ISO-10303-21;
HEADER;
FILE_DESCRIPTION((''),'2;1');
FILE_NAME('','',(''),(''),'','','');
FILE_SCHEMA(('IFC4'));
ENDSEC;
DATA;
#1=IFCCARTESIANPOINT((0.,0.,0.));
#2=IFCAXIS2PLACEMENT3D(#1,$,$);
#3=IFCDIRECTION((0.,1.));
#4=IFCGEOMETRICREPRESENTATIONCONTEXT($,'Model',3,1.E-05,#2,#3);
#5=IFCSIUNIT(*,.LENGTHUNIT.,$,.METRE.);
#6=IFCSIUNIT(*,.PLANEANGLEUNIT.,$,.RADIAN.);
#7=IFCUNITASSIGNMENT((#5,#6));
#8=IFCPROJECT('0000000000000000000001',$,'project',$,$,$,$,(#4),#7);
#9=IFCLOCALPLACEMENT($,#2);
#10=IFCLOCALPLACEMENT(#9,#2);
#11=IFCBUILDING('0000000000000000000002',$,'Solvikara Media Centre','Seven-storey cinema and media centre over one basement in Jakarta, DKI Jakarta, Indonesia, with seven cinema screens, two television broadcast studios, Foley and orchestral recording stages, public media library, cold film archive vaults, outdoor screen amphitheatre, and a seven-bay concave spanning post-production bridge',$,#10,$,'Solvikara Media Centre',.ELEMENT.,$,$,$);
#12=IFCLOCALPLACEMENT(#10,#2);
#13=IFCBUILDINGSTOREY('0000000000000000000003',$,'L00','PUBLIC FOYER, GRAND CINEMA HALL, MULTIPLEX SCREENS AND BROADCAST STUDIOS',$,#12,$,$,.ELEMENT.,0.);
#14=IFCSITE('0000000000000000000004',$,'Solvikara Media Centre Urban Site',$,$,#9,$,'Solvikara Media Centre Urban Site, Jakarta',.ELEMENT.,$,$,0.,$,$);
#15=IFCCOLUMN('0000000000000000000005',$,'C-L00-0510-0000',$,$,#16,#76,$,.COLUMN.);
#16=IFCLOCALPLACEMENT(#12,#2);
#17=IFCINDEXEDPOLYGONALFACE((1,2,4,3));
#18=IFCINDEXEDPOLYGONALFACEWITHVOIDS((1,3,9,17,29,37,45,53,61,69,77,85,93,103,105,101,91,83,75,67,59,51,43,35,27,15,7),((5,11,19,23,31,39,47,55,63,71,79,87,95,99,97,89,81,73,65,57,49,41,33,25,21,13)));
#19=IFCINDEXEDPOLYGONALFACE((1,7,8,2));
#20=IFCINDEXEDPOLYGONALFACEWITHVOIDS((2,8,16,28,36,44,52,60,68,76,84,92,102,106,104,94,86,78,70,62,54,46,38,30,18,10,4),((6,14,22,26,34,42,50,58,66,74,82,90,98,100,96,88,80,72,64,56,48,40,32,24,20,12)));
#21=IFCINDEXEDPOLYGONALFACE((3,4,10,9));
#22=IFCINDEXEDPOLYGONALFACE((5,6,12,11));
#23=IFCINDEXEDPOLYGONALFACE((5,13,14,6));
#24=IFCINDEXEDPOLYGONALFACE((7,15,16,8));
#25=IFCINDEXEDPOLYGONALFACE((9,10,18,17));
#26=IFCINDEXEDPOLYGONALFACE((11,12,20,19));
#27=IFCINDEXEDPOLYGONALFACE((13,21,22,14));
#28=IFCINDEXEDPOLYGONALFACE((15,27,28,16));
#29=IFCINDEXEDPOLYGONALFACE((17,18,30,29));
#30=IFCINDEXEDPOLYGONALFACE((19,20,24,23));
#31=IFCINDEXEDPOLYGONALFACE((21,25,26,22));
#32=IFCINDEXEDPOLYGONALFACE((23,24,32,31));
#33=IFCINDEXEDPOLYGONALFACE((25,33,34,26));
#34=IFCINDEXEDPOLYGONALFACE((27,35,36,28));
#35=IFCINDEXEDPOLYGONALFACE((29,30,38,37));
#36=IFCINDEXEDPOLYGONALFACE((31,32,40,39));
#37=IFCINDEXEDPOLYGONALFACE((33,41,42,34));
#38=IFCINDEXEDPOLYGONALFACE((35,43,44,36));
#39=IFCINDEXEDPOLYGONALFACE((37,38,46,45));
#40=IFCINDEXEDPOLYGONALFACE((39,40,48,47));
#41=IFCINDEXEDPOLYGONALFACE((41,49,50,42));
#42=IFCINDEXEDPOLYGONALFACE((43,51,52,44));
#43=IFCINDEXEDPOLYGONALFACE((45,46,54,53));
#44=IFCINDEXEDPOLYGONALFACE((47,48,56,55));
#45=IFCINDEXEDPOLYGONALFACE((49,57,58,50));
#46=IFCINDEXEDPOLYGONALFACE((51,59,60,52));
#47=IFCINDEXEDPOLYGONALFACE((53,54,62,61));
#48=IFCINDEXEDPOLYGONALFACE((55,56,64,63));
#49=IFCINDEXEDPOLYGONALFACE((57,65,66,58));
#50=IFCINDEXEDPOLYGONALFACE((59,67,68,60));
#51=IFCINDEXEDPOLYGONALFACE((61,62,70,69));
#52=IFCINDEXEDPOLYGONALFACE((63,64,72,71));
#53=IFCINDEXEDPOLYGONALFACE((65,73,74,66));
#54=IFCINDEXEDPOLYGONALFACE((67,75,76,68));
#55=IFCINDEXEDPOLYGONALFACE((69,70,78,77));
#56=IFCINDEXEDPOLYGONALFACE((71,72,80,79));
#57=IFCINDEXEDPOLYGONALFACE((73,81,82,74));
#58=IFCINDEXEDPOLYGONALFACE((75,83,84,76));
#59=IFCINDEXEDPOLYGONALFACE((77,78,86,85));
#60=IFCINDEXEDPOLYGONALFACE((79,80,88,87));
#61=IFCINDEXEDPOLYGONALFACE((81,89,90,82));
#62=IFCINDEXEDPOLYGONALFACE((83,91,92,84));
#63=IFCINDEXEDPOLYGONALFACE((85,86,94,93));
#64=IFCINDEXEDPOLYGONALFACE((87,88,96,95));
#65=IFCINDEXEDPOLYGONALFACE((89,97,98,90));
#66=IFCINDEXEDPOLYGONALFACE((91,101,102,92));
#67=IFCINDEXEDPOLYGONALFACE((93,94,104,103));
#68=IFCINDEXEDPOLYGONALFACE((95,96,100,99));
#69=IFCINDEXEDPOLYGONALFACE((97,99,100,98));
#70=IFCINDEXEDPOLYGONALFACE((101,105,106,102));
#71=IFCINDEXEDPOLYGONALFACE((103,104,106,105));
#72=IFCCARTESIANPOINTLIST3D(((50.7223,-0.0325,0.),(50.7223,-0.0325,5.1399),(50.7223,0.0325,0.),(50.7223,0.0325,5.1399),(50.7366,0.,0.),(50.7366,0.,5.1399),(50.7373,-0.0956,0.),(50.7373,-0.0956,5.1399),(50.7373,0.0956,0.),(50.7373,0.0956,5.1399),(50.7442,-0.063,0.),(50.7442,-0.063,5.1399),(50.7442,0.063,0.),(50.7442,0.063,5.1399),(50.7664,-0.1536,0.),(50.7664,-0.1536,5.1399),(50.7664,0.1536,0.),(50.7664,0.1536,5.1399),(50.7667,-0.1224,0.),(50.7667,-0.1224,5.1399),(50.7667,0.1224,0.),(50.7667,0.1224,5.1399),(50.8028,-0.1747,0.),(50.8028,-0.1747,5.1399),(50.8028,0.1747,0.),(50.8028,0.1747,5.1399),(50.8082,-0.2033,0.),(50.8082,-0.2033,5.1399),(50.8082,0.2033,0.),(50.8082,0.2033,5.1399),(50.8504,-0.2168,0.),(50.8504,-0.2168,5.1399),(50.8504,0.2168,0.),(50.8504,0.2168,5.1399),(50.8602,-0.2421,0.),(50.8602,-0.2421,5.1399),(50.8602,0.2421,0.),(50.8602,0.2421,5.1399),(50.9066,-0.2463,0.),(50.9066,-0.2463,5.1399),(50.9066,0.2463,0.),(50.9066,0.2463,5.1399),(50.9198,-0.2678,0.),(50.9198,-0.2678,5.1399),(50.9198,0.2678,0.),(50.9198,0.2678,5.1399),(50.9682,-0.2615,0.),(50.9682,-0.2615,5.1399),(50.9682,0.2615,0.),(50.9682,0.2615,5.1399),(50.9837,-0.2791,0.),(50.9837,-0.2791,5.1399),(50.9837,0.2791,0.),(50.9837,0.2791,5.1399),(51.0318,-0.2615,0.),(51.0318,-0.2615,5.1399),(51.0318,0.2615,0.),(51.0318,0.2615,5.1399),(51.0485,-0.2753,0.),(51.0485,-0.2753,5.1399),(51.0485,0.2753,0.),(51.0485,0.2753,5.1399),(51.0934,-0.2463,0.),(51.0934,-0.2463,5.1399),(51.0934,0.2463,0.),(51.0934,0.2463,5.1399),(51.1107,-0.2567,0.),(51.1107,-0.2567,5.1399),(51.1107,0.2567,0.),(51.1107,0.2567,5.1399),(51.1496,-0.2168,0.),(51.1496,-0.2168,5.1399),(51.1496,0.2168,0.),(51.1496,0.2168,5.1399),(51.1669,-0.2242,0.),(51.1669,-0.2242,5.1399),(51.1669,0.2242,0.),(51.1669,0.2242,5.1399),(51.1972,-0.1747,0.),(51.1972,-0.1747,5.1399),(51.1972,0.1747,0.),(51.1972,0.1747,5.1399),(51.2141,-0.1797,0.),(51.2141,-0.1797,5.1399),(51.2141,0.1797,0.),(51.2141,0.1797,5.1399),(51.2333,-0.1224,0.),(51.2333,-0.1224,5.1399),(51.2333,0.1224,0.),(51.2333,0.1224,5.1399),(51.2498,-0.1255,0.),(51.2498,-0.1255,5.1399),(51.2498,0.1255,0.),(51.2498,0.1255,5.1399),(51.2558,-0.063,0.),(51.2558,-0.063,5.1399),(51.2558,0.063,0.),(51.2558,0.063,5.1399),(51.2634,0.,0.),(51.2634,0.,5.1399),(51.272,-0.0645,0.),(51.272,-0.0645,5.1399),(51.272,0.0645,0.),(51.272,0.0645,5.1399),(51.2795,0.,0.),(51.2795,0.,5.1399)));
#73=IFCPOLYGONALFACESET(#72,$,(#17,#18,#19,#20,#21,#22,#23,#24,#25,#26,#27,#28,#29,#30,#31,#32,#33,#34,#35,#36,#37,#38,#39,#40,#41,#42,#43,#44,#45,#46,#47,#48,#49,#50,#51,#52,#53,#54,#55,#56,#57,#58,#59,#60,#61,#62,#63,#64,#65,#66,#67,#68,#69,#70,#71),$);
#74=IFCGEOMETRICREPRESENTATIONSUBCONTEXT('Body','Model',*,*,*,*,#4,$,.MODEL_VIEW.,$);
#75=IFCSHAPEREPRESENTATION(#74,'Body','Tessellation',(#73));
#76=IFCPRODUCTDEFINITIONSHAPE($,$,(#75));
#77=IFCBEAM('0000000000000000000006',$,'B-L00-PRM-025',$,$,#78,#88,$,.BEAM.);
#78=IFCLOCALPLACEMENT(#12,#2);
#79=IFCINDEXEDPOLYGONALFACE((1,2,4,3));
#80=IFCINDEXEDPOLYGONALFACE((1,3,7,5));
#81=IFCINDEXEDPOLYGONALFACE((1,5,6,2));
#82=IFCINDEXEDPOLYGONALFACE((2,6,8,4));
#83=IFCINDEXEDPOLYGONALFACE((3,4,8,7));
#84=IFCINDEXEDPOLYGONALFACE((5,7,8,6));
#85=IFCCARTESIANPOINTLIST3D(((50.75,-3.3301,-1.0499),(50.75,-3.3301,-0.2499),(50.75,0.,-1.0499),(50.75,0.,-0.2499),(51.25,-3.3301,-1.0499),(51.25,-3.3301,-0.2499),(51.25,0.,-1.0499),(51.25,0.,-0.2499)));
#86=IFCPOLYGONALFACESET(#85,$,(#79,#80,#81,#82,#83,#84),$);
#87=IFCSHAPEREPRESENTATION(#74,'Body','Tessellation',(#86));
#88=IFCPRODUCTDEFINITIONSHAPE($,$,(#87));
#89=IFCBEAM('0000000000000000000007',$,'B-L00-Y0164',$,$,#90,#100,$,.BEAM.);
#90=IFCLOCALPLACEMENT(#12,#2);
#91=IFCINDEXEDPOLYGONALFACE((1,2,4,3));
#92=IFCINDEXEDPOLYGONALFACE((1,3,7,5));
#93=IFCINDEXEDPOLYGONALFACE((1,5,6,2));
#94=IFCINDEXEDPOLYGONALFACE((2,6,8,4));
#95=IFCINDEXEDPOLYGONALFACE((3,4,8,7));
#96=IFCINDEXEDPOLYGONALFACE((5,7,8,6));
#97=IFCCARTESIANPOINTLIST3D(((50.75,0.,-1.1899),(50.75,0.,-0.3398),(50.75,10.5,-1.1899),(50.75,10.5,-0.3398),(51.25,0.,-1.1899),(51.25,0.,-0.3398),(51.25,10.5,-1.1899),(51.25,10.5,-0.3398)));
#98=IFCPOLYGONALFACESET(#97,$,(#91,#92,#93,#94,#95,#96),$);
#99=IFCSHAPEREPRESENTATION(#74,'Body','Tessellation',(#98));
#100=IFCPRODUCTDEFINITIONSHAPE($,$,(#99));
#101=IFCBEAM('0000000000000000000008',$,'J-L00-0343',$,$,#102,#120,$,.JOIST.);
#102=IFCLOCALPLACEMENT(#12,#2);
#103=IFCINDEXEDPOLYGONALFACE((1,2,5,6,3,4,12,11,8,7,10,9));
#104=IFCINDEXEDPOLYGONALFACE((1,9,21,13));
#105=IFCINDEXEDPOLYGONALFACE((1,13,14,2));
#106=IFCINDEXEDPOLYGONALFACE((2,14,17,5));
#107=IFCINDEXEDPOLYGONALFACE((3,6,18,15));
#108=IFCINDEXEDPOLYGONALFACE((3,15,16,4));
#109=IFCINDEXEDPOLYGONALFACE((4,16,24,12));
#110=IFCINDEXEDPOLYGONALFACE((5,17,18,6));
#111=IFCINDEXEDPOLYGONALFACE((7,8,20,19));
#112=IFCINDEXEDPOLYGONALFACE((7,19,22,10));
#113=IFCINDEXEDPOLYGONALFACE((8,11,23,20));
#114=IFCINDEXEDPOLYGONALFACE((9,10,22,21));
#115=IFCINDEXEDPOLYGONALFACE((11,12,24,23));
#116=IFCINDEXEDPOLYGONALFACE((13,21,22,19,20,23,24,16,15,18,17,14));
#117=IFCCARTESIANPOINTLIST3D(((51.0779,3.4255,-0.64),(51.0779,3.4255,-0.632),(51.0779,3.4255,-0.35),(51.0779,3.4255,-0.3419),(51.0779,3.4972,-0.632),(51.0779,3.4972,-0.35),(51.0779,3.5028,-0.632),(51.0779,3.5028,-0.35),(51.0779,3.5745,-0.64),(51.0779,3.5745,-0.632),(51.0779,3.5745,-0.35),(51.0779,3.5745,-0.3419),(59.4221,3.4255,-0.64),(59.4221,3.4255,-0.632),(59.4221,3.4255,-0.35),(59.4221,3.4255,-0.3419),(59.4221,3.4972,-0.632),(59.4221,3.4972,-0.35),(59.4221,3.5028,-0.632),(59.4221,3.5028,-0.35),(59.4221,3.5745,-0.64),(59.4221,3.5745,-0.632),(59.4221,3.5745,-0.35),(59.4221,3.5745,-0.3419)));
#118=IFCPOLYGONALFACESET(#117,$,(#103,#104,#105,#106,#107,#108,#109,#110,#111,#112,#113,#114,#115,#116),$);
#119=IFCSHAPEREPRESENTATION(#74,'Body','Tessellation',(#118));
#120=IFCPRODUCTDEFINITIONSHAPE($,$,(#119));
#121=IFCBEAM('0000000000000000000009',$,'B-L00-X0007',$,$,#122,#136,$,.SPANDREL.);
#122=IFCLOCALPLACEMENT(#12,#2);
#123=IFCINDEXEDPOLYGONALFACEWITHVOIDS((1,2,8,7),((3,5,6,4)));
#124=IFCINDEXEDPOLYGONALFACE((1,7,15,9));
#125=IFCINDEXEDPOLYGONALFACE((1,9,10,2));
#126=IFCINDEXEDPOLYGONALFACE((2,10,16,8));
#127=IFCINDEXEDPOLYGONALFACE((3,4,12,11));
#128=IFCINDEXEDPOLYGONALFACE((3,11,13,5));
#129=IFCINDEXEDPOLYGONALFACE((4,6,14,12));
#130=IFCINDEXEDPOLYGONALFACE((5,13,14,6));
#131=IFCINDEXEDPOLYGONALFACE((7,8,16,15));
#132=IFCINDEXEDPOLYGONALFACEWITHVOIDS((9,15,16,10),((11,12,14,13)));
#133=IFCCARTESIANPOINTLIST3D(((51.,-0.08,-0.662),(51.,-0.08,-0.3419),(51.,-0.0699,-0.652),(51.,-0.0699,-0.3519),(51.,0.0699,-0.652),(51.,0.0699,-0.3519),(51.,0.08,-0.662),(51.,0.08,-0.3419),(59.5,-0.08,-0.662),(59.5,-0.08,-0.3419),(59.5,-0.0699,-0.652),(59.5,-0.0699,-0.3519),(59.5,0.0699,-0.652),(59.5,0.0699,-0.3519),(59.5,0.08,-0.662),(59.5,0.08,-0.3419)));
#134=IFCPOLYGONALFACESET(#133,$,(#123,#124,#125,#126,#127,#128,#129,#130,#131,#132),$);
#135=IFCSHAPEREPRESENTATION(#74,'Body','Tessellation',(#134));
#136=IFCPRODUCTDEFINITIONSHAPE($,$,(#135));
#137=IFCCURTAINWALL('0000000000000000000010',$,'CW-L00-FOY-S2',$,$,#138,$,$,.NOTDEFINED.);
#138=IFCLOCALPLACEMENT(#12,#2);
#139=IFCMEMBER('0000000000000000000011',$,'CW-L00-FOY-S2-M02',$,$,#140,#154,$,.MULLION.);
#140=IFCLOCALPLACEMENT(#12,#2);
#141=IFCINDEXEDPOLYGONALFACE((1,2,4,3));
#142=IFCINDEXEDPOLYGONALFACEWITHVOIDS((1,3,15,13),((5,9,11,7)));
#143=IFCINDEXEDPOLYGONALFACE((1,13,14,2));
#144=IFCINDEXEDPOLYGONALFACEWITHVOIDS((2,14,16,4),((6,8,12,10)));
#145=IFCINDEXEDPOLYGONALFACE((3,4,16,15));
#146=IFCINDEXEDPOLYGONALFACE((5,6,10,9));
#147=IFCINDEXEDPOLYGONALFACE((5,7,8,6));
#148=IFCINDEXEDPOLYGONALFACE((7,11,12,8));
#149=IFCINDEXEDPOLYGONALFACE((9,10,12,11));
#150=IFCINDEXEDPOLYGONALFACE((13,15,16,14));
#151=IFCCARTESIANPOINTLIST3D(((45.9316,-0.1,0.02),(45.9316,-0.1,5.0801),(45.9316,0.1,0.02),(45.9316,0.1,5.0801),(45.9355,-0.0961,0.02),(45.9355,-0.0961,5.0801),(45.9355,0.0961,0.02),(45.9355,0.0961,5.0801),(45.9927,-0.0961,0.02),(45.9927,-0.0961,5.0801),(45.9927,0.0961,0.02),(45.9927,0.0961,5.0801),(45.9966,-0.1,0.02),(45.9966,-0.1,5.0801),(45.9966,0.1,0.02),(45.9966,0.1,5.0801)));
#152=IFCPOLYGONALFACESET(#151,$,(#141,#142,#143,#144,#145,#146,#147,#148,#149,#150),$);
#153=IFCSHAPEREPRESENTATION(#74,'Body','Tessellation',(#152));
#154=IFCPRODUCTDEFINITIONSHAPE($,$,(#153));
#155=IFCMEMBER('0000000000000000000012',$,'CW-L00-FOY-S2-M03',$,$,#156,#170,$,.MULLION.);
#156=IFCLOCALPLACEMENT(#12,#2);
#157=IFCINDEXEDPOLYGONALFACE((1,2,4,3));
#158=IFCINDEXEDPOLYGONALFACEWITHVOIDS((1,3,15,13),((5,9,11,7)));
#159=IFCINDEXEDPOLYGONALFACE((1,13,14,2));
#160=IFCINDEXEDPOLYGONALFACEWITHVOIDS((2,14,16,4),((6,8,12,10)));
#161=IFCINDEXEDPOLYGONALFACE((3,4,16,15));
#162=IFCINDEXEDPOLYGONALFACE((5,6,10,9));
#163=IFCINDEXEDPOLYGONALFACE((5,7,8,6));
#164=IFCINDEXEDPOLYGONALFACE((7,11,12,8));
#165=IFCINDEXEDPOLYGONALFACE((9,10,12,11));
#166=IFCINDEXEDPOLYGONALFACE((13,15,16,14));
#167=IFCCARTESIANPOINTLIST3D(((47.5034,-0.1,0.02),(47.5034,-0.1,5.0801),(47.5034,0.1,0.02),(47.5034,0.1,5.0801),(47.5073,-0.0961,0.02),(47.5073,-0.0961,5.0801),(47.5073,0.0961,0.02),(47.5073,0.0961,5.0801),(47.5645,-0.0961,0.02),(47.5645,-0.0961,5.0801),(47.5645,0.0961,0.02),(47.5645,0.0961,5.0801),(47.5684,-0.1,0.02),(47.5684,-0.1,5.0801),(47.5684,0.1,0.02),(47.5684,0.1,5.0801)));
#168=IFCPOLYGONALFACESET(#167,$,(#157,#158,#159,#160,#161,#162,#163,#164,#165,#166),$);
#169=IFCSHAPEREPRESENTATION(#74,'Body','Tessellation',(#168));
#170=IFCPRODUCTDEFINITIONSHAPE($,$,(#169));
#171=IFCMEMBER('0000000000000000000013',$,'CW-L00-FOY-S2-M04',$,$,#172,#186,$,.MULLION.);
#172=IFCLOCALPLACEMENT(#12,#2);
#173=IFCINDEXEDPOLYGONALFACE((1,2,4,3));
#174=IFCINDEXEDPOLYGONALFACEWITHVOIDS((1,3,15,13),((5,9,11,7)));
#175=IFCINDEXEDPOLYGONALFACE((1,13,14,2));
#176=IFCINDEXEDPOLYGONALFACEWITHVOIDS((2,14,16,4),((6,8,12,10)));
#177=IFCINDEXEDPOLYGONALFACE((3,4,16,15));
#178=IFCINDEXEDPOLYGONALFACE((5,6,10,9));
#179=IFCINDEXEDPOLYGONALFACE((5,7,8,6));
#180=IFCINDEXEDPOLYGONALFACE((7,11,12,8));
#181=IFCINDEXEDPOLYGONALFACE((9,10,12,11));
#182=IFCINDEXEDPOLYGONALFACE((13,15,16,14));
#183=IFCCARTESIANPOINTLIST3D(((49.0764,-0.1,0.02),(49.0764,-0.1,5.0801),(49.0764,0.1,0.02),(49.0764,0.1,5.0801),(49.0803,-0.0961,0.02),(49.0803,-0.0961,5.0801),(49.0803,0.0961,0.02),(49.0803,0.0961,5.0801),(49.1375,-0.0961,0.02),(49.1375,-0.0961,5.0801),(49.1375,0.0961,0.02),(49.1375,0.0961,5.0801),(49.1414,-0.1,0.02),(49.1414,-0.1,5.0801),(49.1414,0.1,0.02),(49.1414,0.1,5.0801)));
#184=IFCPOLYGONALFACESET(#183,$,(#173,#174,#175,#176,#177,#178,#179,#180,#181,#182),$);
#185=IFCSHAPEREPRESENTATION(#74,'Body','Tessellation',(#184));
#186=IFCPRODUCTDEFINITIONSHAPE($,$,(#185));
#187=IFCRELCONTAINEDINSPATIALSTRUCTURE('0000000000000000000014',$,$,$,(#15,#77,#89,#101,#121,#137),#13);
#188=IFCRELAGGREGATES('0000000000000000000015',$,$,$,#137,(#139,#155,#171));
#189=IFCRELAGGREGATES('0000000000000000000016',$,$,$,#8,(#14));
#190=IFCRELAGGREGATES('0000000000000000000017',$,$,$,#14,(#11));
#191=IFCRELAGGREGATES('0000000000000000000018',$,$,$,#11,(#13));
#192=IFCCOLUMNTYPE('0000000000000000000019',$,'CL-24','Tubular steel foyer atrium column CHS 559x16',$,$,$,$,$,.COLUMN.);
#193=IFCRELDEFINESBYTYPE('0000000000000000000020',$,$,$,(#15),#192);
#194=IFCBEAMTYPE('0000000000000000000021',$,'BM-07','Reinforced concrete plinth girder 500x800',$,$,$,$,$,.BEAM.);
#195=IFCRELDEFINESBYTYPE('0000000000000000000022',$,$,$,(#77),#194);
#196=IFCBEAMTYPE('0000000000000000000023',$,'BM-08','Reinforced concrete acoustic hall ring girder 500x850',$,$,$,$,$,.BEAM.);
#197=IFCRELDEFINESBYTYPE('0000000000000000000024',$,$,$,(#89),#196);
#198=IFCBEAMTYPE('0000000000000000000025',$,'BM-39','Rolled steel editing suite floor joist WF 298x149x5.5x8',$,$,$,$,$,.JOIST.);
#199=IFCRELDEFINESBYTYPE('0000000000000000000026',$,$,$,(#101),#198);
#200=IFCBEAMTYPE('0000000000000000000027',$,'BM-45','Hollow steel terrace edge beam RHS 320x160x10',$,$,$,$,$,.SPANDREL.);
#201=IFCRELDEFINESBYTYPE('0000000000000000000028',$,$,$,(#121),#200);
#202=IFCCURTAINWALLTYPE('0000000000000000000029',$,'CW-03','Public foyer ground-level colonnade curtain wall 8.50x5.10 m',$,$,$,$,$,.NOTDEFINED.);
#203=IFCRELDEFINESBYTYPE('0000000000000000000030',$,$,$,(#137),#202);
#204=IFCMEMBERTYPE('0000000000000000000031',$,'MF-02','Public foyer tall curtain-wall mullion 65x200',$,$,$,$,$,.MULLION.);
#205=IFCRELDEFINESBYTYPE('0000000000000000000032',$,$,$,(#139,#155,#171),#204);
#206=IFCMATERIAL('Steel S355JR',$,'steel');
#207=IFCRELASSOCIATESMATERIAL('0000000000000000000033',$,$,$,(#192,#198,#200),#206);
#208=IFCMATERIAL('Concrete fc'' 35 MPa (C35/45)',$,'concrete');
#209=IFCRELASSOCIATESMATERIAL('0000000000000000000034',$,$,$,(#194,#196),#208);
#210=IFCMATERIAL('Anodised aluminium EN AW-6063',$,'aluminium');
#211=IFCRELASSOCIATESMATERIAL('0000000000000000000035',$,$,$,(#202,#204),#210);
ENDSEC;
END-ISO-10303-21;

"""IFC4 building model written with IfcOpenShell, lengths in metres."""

from ifc_helpers import new_model, si_unit, direction, frame, origin, origin_2d, place, context, subcontext, project, spatial, rectangle, hollow_rectangle, hollow_circle, i_section, extrude, material, material_profile, profile_set, type_object, element, aggregate, save


model = new_model("IFC4")

# Units and contexts
model_context = context("Model", 3, precision=1e-05, world=origin(), true_north=direction((0.0, 1.0)))
body_context = subcontext(model_context, "Body", "Model", "MODEL_VIEW")
ifc_project = project(units=[si_unit("LENGTHUNIT", "METRE"), si_unit("PLANEANGLEUNIT", "RADIAN")], contexts=[model_context])

# Site, building, storey
site_placement = place(None, origin())
site = spatial("IfcSite", under=ifc_project, at=site_placement, Name="Solvikara Media Centre Urban Site", LongName="Solvikara Media Centre Urban Site, Jakarta", CompositionType="ELEMENT", RefElevation=0.0)
building_placement = place(site_placement, origin())
building = spatial("IfcBuilding", under=site, at=building_placement, Name="Solvikara Media Centre", Description="Seven-storey cinema and media centre over one basement in Jakarta, DKI Jakarta, Indonesia, with seven cinema screens, two television broadcast studios, Foley and orchestral recording stages, public media library, cold film archive vaults, outdoor screen amphitheatre, and a seven-bay concave spanning post-production bridge", LongName="Solvikara Media Centre", CompositionType="ELEMENT")
storey_placement = place(building_placement, origin())
storey = spatial("IfcBuildingStorey", under=building, at=storey_placement, Name="L00", Description="PUBLIC FOYER, GRAND CINEMA HALL, MULTIPLEX SCREENS AND BROADCAST STUDIOS", CompositionType="ELEMENT", Elevation=0.0)

# Column
ifc_material_1 = material(Name="Steel S355JR", Category="steel")
ifc_material_profile_1 = material_profile(ifc_material_1, hollow_circle(Radius=0.2795, WallThickness=0.0161, at=origin_2d()), Name="CHS 559x16")
ifc_profile_set_1 = profile_set([ifc_material_profile_1], Name="Steel S355JR")
column_type = type_object("IfcColumnType", Name="CL-24", Description="Tubular steel foyer atrium column CHS 559x16", PredefinedType="COLUMN", material=ifc_profile_set_1)
column_placement = place(storey_placement, frame((51.0, 0.0, 0.0), z_axis=(0.0, 0.0, 1.0), x_axis=(1.0, 0.0, 0.0)))
element("IfcColumn", 1, at=column_placement, inside=storey, type_object=column_type, Name="C-L00-0510-0000", PredefinedType="COLUMN", context=body_context, shape_type="SweptSolid", body=[
    extrude(hollow_circle(Radius=0.2795, WallThickness=0.0161, at=origin_2d()), origin(), (0.0, 0.0, 1.0), 5.1399),
])

# Beams
ifc_material_2 = material(Name="Concrete fc' 35 MPa (C35/45)", Category="concrete")
ifc_material_profile_2 = material_profile(ifc_material_2, rectangle(XDim=0.5, YDim=0.8, at=origin_2d()), Name="RC 500x800")
ifc_profile_set_2 = profile_set([ifc_material_profile_2], Name="Concrete fc' 35 MPa (C35/45)")
beam_type_1 = type_object("IfcBeamType", Name="BM-07", Description="Reinforced concrete plinth girder 500x800", PredefinedType="BEAM", material=ifc_profile_set_2)
beam_1_placement = place(storey_placement, frame((51.0, -3.3301, -0.6499), z_axis=(0.0, 1.0, 0.0), x_axis=(-1.0, 0.0, 0.0)))
element("IfcBeam", 2, at=beam_1_placement, inside=storey, type_object=beam_type_1, Name="B-L00-PRM-025", PredefinedType="BEAM", context=body_context, shape_type="SweptSolid", body=[
    extrude(rectangle(XDim=0.5, YDim=0.8, at=origin_2d()), origin(), (0.0, 0.0, 1.0), 3.3301),
])
ifc_material_profile_3 = material_profile(ifc_material_2, rectangle(XDim=0.5, YDim=0.8501, at=origin_2d()), Name="RC 500x850")
ifc_profile_set_3 = profile_set([ifc_material_profile_3], Name="Concrete fc' 35 MPa (C35/45)")
beam_type_2 = type_object("IfcBeamType", Name="BM-08", Description="Reinforced concrete acoustic hall ring girder 500x850", PredefinedType="BEAM", material=ifc_profile_set_3)
beam_2_placement = place(storey_placement, frame((51.0, 0.0, -0.7649), z_axis=(0.0, 1.0, 0.0), x_axis=(-1.0, 0.0, 0.0)))
element("IfcBeam", 3, at=beam_2_placement, inside=storey, type_object=beam_type_2, Name="B-L00-Y0164", PredefinedType="BEAM", context=body_context, shape_type="SweptSolid", body=[
    extrude(rectangle(XDim=0.5, YDim=0.8501, at=origin_2d()), origin(), (0.0, 0.0, 1.0), 10.5),
])
ifc_material_profile_4 = material_profile(ifc_material_1, i_section(OverallWidth=0.1489, OverallDepth=0.2981, WebThickness=0.0056, FlangeThickness=0.0081, at=origin_2d()), Name="WF 298x149x5.5x8")
ifc_profile_set_4 = profile_set([ifc_material_profile_4], Name="Steel S355JR")
beam_type_3 = type_object("IfcBeamType", Name="BM-39", Description="Rolled steel editing suite floor joist WF 298x149x5.5x8", PredefinedType="JOIST", material=ifc_profile_set_4)
beam_3_placement = place(storey_placement, frame((51.0779, 3.5, -0.491), z_axis=(1.0, 0.0, 0.0), x_axis=(0.0, 1.0, 0.0)))
element("IfcBeam", 4, at=beam_3_placement, inside=storey, type_object=beam_type_3, Name="J-L00-0343", PredefinedType="JOIST", context=body_context, shape_type="SweptSolid", body=[
    extrude(i_section(OverallWidth=0.1489, OverallDepth=0.2981, WebThickness=0.0056, FlangeThickness=0.0081, at=origin_2d()), origin(), (0.0, 0.0, 1.0), 8.3442),
])
ifc_material_profile_5 = material_profile(ifc_material_1, hollow_rectangle(XDim=0.1599, YDim=0.3201, WallThickness=0.01, at=origin_2d()), Name="RHS 320x160x10")
ifc_profile_set_5 = profile_set([ifc_material_profile_5], Name="Steel S355JR")
beam_type_4 = type_object("IfcBeamType", Name="BM-45", Description="Hollow steel terrace edge beam RHS 320x160x10", PredefinedType="SPANDREL", material=ifc_profile_set_5)
beam_4_placement = place(storey_placement, frame((51.0, 0.0, -0.502), z_axis=(1.0, 0.0, 0.0), x_axis=(0.0, 1.0, 0.0)))
element("IfcBeam", 5, at=beam_4_placement, inside=storey, type_object=beam_type_4, Name="B-L00-X0007", PredefinedType="SPANDREL", context=body_context, shape_type="SweptSolid", body=[
    extrude(hollow_rectangle(XDim=0.1599, YDim=0.3201, WallThickness=0.01, at=origin_2d()), origin(), (0.0, 0.0, 1.0), 8.5),
])

# Curtain wall, members
ifc_material_3 = material(Name="Anodised aluminium EN AW-6063", Category="aluminium")
curtain_wall_type = type_object("IfcCurtainWallType", Name="CW-03", Description="Public foyer ground-level colonnade curtain wall 8.50x5.10 m", PredefinedType="NOTDEFINED", material=ifc_material_3)
curtain_wall_placement = place(storey_placement, origin())
curtain_wall = element("IfcCurtainWall", 6, at=curtain_wall_placement, inside=storey, type_object=curtain_wall_type, Name="CW-L00-FOY-S2", PredefinedType="NOTDEFINED")
ifc_material_profile_6 = material_profile(ifc_material_3, hollow_rectangle(XDim=0.0649, YDim=0.2, WallThickness=0.0039, at=origin_2d()), Name="ALU-M 65x200x4")
ifc_profile_set_6 = profile_set([ifc_material_profile_6], Name="Anodised aluminium EN AW-6063")
member_type = type_object("IfcMemberType", Name="MF-02", Description="Public foyer tall curtain-wall mullion 65x200", PredefinedType="MULLION", material=ifc_profile_set_6)
member_1_placement = place(storey_placement, frame((45.9641, 0.0, 0.02), z_axis=(0.0, 0.0, 1.0), x_axis=(1.0, 0.0, 0.0)))
member_1 = element("IfcMember", 7, at=member_1_placement, type_object=member_type, Name="CW-L00-FOY-S2-M02", PredefinedType="MULLION", context=body_context, shape_type="SweptSolid", body=[
    extrude(hollow_rectangle(XDim=0.0649, YDim=0.2, WallThickness=0.0039, at=origin_2d()), origin(), (0.0, 0.0, 1.0), 5.0601),
])
member_2_placement = place(storey_placement, frame((47.5359, 0.0, 0.02), z_axis=(0.0, 0.0, 1.0), x_axis=(1.0, 0.0, 0.0)))
member_2 = element("IfcMember", 8, at=member_2_placement, type_object=member_type, Name="CW-L00-FOY-S2-M03", PredefinedType="MULLION", context=body_context, shape_type="SweptSolid", body=[
    extrude(hollow_rectangle(XDim=0.0649, YDim=0.2, WallThickness=0.0039, at=origin_2d()), origin(), (0.0, 0.0, 1.0), 5.0601),
])
member_3_placement = place(storey_placement, frame((49.1089, 0.0, 0.02), z_axis=(0.0, 0.0, 1.0), x_axis=(1.0, 0.0, 0.0)))
member_3 = element("IfcMember", 9, at=member_3_placement, type_object=member_type, Name="CW-L00-FOY-S2-M04", PredefinedType="MULLION", context=body_context, shape_type="SweptSolid", body=[
    extrude(hollow_rectangle(XDim=0.0649, YDim=0.2, WallThickness=0.0039, at=origin_2d()), origin(), (0.0, 0.0, 1.0), 5.0601),
])
aggregate(curtain_wall, [member_1, member_2, member_3])

save(model, "model.ifc")
